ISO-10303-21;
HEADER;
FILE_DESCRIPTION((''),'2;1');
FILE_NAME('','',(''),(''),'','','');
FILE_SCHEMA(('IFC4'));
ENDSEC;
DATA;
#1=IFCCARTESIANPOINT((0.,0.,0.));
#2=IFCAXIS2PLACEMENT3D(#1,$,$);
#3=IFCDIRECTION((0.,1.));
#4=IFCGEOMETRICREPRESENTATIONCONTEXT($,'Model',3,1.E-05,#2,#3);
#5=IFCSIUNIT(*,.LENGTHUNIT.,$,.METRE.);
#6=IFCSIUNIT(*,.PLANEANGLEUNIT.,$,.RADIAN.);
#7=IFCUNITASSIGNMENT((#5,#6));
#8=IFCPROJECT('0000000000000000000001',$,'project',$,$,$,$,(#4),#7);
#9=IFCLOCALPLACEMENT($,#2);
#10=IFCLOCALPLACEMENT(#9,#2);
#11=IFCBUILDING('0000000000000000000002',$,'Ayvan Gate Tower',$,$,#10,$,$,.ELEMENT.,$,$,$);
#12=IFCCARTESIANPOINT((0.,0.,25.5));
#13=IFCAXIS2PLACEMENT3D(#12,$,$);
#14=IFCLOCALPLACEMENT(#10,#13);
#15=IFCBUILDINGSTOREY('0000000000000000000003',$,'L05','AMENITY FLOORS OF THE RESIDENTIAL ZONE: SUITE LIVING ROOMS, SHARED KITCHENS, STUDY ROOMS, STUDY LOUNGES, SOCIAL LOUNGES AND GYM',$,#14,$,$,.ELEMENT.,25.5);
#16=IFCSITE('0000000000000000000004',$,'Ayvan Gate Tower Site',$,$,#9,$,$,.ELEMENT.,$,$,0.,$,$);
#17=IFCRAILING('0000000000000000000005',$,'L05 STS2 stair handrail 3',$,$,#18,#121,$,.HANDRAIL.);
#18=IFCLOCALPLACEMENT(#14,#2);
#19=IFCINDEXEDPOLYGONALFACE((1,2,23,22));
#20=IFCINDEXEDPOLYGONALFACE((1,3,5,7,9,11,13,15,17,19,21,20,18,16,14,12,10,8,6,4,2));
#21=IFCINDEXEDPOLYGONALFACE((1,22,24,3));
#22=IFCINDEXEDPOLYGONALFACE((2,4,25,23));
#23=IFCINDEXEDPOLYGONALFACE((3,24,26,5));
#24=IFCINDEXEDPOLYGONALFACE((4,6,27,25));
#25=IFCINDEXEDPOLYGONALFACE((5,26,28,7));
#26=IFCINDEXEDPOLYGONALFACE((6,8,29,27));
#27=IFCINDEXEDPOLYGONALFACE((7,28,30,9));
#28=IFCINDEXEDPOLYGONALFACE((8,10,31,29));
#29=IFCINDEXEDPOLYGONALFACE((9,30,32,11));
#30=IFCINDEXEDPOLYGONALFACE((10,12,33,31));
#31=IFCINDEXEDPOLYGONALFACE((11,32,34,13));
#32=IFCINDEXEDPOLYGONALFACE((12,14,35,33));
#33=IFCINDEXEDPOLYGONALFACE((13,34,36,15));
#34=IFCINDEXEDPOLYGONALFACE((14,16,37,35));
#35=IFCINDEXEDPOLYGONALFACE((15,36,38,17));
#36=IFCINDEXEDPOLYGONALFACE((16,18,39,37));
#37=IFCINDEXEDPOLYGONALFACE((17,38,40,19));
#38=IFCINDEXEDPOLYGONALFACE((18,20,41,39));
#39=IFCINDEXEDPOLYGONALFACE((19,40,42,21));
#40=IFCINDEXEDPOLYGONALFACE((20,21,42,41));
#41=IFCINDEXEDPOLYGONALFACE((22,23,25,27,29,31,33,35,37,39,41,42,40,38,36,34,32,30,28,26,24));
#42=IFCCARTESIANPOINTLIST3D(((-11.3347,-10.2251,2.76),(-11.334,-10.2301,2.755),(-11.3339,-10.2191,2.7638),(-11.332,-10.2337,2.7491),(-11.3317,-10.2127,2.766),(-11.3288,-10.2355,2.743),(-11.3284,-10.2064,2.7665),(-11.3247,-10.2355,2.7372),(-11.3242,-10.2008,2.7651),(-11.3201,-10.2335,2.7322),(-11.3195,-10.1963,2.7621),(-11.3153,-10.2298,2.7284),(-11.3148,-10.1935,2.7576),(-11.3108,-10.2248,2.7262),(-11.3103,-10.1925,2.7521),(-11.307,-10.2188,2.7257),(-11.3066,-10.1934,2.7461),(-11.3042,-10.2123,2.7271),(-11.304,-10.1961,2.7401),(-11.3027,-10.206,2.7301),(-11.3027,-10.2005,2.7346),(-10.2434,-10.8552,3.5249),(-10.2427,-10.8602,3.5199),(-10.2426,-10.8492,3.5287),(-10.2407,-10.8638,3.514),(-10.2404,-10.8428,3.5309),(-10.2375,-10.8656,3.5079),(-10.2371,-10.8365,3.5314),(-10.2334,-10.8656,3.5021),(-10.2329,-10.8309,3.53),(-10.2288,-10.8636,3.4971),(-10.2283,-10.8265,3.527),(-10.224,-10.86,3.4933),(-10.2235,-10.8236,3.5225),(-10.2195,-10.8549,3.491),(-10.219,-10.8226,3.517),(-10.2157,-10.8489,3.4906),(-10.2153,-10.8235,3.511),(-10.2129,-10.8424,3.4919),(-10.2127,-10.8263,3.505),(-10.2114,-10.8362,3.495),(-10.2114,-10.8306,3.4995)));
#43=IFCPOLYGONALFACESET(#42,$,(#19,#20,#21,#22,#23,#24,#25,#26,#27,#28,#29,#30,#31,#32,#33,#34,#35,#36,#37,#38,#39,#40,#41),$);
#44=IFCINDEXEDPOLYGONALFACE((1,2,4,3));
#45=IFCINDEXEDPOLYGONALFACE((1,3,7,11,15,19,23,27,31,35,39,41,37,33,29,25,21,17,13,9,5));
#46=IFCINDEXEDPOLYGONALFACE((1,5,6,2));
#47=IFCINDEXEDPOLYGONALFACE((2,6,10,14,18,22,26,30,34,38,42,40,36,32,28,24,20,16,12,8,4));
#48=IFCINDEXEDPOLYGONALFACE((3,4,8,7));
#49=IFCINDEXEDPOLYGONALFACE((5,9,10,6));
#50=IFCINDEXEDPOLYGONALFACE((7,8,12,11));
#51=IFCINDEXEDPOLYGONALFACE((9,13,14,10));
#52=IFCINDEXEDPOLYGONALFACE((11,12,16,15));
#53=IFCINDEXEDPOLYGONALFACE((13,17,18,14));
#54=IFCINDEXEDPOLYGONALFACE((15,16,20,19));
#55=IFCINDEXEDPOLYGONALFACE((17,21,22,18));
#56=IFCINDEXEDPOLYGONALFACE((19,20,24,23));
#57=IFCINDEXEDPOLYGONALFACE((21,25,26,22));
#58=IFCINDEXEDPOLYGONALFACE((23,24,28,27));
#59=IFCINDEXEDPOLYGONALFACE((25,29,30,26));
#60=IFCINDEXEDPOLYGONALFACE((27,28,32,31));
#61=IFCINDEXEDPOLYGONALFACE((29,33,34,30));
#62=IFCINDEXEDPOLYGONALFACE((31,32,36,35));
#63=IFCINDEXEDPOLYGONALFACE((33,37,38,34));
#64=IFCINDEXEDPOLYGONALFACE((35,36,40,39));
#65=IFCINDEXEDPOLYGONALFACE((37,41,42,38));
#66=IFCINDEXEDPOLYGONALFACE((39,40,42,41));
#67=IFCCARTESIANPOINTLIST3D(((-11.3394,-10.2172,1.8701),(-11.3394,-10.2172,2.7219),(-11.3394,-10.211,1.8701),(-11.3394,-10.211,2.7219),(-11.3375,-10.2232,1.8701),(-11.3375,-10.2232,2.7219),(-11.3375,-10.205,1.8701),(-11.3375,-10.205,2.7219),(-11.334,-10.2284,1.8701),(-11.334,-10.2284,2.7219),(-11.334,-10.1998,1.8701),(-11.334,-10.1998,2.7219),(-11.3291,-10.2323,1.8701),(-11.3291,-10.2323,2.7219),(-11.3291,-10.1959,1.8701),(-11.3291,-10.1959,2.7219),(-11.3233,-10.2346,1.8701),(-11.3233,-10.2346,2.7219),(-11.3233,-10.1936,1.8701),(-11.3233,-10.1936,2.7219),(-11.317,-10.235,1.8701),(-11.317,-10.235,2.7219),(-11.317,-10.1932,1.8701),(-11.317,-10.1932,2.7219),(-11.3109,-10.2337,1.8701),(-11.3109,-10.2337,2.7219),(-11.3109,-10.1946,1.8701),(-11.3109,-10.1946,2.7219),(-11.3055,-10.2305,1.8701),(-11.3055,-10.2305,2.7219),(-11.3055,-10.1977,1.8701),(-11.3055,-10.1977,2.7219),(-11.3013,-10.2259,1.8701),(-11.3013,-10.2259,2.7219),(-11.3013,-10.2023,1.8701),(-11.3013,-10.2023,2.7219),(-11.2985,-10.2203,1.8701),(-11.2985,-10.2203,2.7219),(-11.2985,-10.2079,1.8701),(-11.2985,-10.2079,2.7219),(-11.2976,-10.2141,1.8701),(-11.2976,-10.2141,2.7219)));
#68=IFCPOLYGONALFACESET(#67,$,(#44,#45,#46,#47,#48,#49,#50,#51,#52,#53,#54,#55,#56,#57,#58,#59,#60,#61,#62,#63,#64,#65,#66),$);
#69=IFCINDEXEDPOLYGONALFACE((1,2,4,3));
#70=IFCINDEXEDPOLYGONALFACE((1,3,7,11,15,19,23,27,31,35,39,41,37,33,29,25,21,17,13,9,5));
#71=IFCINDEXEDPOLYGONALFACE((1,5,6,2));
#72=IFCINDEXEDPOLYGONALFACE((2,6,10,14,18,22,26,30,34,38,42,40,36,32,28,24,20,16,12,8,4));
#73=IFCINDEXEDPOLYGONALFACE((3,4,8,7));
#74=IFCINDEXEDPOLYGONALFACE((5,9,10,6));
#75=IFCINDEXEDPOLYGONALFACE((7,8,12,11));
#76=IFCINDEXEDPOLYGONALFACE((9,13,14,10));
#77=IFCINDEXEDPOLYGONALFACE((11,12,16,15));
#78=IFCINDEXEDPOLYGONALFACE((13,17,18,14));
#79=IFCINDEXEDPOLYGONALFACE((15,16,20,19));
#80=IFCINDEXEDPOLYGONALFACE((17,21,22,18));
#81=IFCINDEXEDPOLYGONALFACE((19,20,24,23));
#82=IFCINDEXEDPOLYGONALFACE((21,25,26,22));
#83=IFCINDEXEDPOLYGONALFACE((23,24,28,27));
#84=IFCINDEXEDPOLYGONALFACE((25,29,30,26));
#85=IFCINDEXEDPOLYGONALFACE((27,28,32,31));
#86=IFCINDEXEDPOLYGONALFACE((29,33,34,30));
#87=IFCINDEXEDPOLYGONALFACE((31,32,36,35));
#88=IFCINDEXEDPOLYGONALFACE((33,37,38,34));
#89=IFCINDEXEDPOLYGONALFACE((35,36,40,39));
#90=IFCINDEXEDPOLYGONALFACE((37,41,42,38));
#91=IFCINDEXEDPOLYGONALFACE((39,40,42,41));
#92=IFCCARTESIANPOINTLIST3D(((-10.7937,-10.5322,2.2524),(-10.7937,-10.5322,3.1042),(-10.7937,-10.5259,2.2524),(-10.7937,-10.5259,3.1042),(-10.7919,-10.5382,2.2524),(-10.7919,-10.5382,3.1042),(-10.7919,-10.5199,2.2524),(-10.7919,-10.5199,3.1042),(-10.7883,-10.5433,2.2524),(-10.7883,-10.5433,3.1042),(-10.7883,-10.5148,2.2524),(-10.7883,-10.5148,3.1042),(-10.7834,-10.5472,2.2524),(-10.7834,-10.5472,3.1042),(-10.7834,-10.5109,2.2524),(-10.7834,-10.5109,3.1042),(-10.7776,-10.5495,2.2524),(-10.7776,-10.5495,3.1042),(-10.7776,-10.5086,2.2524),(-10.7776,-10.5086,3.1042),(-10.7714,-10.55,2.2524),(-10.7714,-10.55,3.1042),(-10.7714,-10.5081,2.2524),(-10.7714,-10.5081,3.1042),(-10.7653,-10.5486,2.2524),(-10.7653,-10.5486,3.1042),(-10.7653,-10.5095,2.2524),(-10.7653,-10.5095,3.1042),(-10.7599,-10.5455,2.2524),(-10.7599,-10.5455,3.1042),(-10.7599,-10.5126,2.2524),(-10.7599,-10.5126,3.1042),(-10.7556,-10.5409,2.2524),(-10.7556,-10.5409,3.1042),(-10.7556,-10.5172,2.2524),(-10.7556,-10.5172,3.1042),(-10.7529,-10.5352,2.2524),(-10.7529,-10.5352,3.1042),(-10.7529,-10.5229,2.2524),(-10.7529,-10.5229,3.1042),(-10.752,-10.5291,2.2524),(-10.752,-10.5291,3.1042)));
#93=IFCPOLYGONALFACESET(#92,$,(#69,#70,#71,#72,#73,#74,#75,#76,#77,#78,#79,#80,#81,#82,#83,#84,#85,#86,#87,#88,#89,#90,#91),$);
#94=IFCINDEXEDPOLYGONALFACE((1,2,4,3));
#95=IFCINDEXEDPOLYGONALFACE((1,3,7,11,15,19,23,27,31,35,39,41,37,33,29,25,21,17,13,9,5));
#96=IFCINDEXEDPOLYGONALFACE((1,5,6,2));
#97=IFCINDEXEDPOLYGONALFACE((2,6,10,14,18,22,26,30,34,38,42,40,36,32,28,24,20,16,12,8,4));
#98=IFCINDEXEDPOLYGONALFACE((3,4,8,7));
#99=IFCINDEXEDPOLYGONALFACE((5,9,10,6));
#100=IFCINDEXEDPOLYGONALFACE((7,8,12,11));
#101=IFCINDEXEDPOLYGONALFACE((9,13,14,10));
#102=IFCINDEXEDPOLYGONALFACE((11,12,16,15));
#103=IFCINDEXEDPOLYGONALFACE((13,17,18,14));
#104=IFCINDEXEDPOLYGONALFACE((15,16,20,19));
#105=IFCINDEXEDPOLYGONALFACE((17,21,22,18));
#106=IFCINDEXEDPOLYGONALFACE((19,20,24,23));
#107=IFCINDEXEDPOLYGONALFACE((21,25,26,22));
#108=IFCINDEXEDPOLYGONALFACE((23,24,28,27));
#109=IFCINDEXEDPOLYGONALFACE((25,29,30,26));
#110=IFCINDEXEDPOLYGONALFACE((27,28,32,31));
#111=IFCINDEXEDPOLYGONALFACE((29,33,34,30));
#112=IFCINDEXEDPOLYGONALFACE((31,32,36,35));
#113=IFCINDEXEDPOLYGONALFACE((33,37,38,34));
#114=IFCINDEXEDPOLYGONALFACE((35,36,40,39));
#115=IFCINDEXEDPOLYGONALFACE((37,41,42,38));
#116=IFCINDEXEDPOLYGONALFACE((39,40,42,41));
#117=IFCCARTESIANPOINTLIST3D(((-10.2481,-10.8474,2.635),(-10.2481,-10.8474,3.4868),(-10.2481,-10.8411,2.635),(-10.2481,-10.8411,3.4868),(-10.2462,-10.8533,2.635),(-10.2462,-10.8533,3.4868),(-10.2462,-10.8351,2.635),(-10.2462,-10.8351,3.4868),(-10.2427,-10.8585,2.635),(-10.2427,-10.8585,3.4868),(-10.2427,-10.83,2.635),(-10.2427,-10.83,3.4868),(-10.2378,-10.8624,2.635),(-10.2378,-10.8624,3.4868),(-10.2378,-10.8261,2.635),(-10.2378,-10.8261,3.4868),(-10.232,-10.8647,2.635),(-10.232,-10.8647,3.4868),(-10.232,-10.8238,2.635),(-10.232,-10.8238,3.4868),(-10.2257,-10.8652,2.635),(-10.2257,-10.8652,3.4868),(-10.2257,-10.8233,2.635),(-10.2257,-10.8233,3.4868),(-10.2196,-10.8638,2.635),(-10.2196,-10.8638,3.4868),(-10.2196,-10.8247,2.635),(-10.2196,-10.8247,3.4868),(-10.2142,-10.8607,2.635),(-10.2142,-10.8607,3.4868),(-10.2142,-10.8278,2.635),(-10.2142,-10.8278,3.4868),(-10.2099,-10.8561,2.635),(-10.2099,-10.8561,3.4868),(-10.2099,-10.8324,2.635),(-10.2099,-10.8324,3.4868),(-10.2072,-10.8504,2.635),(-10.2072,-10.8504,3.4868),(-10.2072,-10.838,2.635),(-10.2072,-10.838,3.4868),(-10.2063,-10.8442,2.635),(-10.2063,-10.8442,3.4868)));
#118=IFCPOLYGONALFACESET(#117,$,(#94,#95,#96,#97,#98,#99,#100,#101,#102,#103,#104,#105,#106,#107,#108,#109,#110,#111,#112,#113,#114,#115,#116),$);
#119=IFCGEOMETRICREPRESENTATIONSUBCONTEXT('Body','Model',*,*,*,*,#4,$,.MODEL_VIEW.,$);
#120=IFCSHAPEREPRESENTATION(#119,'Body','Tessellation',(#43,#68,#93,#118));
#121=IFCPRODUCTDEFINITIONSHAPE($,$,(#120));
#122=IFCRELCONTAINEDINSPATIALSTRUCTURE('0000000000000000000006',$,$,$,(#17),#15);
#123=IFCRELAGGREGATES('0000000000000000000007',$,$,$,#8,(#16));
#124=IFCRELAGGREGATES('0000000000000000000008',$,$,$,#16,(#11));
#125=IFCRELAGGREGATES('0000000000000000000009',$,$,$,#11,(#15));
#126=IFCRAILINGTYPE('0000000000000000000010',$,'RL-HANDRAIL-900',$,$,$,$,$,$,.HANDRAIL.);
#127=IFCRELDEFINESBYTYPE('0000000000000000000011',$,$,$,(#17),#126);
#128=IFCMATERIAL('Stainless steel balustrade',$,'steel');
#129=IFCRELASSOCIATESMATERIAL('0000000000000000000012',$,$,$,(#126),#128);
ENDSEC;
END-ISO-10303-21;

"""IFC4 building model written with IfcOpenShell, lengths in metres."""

from ifc_helpers import new_model, si_unit, direction, frame, origin, origin_2d, place, context, subcontext, project, spatial, circle, extrude, material, type_object, element, save


model = new_model("IFC4")

# Units and contexts
model_context = context("Model", 3, precision=1e-05, world=origin(), true_north=direction((0.0, 1.0)))
body_context = subcontext(model_context, "Body", "Model", "MODEL_VIEW")
ifc_project = project(units=[si_unit("LENGTHUNIT", "METRE"), si_unit("PLANEANGLEUNIT", "RADIAN")], contexts=[model_context])

# Site, building, storey
site_placement = place(None, origin())
site = spatial("IfcSite", under=ifc_project, at=site_placement, Name="Ayvan Gate Tower Site", CompositionType="ELEMENT", RefElevation=0.0)
building_placement = place(site_placement, origin())
building = spatial("IfcBuilding", under=site, at=building_placement, Name="Ayvan Gate Tower", CompositionType="ELEMENT")
storey_placement = place(building_placement, frame((0.0, 0.0, 25.5)))
storey = spatial("IfcBuildingStorey", under=building, at=storey_placement, Name="L05", Description="AMENITY FLOORS OF THE RESIDENTIAL ZONE: SUITE LIVING ROOMS, SHARED KITCHENS, STUDY ROOMS, STUDY LOUNGES, SOCIAL LOUNGES AND GYM", CompositionType="ELEMENT", Elevation=25.5)

# Railing
ifc_material_1 = material(Name="Stainless steel balustrade", Category="steel")
railing_type_1 = type_object("IfcRailingType", Name="RL-HANDRAIL-900", PredefinedType="HANDRAIL", material=ifc_material_1)
railing_1_placement = place(storey_placement, frame((-11.3186, -10.2141, 1.8701)))
element("IfcRailing", 1, at=railing_1_placement, inside=storey, type_object=railing_type_1, Name="L05 STS2 stair handrail 3", PredefinedType="HANDRAIL", context=body_context, shape_type="SweptSolid", body=[
    extrude(circle(Radius=0.0239, at=origin_2d()), frame((0.0, 0.0, 0.876), z_axis=(0.740304, -0.427455, 0.518875), x_axis=(0.500035, 0.866005, 0.0)), (0.0, 0.0, 1.0), 1.4741),
    extrude(circle(Radius=0.021, at=origin_2d()), origin(), (0.0, 0.0, 1.0), 0.8518),
    extrude(circle(Radius=0.021, at=origin_2d()), frame((0.5457, -0.3149, 0.3823)), (0.0, 0.0, 1.0), 0.8518),
    extrude(circle(Radius=0.021, at=origin_2d()), frame((1.0913, -0.6301, 0.7649)), (0.0, 0.0, 1.0), 0.8518),
])

save(model, "model.ifc")
